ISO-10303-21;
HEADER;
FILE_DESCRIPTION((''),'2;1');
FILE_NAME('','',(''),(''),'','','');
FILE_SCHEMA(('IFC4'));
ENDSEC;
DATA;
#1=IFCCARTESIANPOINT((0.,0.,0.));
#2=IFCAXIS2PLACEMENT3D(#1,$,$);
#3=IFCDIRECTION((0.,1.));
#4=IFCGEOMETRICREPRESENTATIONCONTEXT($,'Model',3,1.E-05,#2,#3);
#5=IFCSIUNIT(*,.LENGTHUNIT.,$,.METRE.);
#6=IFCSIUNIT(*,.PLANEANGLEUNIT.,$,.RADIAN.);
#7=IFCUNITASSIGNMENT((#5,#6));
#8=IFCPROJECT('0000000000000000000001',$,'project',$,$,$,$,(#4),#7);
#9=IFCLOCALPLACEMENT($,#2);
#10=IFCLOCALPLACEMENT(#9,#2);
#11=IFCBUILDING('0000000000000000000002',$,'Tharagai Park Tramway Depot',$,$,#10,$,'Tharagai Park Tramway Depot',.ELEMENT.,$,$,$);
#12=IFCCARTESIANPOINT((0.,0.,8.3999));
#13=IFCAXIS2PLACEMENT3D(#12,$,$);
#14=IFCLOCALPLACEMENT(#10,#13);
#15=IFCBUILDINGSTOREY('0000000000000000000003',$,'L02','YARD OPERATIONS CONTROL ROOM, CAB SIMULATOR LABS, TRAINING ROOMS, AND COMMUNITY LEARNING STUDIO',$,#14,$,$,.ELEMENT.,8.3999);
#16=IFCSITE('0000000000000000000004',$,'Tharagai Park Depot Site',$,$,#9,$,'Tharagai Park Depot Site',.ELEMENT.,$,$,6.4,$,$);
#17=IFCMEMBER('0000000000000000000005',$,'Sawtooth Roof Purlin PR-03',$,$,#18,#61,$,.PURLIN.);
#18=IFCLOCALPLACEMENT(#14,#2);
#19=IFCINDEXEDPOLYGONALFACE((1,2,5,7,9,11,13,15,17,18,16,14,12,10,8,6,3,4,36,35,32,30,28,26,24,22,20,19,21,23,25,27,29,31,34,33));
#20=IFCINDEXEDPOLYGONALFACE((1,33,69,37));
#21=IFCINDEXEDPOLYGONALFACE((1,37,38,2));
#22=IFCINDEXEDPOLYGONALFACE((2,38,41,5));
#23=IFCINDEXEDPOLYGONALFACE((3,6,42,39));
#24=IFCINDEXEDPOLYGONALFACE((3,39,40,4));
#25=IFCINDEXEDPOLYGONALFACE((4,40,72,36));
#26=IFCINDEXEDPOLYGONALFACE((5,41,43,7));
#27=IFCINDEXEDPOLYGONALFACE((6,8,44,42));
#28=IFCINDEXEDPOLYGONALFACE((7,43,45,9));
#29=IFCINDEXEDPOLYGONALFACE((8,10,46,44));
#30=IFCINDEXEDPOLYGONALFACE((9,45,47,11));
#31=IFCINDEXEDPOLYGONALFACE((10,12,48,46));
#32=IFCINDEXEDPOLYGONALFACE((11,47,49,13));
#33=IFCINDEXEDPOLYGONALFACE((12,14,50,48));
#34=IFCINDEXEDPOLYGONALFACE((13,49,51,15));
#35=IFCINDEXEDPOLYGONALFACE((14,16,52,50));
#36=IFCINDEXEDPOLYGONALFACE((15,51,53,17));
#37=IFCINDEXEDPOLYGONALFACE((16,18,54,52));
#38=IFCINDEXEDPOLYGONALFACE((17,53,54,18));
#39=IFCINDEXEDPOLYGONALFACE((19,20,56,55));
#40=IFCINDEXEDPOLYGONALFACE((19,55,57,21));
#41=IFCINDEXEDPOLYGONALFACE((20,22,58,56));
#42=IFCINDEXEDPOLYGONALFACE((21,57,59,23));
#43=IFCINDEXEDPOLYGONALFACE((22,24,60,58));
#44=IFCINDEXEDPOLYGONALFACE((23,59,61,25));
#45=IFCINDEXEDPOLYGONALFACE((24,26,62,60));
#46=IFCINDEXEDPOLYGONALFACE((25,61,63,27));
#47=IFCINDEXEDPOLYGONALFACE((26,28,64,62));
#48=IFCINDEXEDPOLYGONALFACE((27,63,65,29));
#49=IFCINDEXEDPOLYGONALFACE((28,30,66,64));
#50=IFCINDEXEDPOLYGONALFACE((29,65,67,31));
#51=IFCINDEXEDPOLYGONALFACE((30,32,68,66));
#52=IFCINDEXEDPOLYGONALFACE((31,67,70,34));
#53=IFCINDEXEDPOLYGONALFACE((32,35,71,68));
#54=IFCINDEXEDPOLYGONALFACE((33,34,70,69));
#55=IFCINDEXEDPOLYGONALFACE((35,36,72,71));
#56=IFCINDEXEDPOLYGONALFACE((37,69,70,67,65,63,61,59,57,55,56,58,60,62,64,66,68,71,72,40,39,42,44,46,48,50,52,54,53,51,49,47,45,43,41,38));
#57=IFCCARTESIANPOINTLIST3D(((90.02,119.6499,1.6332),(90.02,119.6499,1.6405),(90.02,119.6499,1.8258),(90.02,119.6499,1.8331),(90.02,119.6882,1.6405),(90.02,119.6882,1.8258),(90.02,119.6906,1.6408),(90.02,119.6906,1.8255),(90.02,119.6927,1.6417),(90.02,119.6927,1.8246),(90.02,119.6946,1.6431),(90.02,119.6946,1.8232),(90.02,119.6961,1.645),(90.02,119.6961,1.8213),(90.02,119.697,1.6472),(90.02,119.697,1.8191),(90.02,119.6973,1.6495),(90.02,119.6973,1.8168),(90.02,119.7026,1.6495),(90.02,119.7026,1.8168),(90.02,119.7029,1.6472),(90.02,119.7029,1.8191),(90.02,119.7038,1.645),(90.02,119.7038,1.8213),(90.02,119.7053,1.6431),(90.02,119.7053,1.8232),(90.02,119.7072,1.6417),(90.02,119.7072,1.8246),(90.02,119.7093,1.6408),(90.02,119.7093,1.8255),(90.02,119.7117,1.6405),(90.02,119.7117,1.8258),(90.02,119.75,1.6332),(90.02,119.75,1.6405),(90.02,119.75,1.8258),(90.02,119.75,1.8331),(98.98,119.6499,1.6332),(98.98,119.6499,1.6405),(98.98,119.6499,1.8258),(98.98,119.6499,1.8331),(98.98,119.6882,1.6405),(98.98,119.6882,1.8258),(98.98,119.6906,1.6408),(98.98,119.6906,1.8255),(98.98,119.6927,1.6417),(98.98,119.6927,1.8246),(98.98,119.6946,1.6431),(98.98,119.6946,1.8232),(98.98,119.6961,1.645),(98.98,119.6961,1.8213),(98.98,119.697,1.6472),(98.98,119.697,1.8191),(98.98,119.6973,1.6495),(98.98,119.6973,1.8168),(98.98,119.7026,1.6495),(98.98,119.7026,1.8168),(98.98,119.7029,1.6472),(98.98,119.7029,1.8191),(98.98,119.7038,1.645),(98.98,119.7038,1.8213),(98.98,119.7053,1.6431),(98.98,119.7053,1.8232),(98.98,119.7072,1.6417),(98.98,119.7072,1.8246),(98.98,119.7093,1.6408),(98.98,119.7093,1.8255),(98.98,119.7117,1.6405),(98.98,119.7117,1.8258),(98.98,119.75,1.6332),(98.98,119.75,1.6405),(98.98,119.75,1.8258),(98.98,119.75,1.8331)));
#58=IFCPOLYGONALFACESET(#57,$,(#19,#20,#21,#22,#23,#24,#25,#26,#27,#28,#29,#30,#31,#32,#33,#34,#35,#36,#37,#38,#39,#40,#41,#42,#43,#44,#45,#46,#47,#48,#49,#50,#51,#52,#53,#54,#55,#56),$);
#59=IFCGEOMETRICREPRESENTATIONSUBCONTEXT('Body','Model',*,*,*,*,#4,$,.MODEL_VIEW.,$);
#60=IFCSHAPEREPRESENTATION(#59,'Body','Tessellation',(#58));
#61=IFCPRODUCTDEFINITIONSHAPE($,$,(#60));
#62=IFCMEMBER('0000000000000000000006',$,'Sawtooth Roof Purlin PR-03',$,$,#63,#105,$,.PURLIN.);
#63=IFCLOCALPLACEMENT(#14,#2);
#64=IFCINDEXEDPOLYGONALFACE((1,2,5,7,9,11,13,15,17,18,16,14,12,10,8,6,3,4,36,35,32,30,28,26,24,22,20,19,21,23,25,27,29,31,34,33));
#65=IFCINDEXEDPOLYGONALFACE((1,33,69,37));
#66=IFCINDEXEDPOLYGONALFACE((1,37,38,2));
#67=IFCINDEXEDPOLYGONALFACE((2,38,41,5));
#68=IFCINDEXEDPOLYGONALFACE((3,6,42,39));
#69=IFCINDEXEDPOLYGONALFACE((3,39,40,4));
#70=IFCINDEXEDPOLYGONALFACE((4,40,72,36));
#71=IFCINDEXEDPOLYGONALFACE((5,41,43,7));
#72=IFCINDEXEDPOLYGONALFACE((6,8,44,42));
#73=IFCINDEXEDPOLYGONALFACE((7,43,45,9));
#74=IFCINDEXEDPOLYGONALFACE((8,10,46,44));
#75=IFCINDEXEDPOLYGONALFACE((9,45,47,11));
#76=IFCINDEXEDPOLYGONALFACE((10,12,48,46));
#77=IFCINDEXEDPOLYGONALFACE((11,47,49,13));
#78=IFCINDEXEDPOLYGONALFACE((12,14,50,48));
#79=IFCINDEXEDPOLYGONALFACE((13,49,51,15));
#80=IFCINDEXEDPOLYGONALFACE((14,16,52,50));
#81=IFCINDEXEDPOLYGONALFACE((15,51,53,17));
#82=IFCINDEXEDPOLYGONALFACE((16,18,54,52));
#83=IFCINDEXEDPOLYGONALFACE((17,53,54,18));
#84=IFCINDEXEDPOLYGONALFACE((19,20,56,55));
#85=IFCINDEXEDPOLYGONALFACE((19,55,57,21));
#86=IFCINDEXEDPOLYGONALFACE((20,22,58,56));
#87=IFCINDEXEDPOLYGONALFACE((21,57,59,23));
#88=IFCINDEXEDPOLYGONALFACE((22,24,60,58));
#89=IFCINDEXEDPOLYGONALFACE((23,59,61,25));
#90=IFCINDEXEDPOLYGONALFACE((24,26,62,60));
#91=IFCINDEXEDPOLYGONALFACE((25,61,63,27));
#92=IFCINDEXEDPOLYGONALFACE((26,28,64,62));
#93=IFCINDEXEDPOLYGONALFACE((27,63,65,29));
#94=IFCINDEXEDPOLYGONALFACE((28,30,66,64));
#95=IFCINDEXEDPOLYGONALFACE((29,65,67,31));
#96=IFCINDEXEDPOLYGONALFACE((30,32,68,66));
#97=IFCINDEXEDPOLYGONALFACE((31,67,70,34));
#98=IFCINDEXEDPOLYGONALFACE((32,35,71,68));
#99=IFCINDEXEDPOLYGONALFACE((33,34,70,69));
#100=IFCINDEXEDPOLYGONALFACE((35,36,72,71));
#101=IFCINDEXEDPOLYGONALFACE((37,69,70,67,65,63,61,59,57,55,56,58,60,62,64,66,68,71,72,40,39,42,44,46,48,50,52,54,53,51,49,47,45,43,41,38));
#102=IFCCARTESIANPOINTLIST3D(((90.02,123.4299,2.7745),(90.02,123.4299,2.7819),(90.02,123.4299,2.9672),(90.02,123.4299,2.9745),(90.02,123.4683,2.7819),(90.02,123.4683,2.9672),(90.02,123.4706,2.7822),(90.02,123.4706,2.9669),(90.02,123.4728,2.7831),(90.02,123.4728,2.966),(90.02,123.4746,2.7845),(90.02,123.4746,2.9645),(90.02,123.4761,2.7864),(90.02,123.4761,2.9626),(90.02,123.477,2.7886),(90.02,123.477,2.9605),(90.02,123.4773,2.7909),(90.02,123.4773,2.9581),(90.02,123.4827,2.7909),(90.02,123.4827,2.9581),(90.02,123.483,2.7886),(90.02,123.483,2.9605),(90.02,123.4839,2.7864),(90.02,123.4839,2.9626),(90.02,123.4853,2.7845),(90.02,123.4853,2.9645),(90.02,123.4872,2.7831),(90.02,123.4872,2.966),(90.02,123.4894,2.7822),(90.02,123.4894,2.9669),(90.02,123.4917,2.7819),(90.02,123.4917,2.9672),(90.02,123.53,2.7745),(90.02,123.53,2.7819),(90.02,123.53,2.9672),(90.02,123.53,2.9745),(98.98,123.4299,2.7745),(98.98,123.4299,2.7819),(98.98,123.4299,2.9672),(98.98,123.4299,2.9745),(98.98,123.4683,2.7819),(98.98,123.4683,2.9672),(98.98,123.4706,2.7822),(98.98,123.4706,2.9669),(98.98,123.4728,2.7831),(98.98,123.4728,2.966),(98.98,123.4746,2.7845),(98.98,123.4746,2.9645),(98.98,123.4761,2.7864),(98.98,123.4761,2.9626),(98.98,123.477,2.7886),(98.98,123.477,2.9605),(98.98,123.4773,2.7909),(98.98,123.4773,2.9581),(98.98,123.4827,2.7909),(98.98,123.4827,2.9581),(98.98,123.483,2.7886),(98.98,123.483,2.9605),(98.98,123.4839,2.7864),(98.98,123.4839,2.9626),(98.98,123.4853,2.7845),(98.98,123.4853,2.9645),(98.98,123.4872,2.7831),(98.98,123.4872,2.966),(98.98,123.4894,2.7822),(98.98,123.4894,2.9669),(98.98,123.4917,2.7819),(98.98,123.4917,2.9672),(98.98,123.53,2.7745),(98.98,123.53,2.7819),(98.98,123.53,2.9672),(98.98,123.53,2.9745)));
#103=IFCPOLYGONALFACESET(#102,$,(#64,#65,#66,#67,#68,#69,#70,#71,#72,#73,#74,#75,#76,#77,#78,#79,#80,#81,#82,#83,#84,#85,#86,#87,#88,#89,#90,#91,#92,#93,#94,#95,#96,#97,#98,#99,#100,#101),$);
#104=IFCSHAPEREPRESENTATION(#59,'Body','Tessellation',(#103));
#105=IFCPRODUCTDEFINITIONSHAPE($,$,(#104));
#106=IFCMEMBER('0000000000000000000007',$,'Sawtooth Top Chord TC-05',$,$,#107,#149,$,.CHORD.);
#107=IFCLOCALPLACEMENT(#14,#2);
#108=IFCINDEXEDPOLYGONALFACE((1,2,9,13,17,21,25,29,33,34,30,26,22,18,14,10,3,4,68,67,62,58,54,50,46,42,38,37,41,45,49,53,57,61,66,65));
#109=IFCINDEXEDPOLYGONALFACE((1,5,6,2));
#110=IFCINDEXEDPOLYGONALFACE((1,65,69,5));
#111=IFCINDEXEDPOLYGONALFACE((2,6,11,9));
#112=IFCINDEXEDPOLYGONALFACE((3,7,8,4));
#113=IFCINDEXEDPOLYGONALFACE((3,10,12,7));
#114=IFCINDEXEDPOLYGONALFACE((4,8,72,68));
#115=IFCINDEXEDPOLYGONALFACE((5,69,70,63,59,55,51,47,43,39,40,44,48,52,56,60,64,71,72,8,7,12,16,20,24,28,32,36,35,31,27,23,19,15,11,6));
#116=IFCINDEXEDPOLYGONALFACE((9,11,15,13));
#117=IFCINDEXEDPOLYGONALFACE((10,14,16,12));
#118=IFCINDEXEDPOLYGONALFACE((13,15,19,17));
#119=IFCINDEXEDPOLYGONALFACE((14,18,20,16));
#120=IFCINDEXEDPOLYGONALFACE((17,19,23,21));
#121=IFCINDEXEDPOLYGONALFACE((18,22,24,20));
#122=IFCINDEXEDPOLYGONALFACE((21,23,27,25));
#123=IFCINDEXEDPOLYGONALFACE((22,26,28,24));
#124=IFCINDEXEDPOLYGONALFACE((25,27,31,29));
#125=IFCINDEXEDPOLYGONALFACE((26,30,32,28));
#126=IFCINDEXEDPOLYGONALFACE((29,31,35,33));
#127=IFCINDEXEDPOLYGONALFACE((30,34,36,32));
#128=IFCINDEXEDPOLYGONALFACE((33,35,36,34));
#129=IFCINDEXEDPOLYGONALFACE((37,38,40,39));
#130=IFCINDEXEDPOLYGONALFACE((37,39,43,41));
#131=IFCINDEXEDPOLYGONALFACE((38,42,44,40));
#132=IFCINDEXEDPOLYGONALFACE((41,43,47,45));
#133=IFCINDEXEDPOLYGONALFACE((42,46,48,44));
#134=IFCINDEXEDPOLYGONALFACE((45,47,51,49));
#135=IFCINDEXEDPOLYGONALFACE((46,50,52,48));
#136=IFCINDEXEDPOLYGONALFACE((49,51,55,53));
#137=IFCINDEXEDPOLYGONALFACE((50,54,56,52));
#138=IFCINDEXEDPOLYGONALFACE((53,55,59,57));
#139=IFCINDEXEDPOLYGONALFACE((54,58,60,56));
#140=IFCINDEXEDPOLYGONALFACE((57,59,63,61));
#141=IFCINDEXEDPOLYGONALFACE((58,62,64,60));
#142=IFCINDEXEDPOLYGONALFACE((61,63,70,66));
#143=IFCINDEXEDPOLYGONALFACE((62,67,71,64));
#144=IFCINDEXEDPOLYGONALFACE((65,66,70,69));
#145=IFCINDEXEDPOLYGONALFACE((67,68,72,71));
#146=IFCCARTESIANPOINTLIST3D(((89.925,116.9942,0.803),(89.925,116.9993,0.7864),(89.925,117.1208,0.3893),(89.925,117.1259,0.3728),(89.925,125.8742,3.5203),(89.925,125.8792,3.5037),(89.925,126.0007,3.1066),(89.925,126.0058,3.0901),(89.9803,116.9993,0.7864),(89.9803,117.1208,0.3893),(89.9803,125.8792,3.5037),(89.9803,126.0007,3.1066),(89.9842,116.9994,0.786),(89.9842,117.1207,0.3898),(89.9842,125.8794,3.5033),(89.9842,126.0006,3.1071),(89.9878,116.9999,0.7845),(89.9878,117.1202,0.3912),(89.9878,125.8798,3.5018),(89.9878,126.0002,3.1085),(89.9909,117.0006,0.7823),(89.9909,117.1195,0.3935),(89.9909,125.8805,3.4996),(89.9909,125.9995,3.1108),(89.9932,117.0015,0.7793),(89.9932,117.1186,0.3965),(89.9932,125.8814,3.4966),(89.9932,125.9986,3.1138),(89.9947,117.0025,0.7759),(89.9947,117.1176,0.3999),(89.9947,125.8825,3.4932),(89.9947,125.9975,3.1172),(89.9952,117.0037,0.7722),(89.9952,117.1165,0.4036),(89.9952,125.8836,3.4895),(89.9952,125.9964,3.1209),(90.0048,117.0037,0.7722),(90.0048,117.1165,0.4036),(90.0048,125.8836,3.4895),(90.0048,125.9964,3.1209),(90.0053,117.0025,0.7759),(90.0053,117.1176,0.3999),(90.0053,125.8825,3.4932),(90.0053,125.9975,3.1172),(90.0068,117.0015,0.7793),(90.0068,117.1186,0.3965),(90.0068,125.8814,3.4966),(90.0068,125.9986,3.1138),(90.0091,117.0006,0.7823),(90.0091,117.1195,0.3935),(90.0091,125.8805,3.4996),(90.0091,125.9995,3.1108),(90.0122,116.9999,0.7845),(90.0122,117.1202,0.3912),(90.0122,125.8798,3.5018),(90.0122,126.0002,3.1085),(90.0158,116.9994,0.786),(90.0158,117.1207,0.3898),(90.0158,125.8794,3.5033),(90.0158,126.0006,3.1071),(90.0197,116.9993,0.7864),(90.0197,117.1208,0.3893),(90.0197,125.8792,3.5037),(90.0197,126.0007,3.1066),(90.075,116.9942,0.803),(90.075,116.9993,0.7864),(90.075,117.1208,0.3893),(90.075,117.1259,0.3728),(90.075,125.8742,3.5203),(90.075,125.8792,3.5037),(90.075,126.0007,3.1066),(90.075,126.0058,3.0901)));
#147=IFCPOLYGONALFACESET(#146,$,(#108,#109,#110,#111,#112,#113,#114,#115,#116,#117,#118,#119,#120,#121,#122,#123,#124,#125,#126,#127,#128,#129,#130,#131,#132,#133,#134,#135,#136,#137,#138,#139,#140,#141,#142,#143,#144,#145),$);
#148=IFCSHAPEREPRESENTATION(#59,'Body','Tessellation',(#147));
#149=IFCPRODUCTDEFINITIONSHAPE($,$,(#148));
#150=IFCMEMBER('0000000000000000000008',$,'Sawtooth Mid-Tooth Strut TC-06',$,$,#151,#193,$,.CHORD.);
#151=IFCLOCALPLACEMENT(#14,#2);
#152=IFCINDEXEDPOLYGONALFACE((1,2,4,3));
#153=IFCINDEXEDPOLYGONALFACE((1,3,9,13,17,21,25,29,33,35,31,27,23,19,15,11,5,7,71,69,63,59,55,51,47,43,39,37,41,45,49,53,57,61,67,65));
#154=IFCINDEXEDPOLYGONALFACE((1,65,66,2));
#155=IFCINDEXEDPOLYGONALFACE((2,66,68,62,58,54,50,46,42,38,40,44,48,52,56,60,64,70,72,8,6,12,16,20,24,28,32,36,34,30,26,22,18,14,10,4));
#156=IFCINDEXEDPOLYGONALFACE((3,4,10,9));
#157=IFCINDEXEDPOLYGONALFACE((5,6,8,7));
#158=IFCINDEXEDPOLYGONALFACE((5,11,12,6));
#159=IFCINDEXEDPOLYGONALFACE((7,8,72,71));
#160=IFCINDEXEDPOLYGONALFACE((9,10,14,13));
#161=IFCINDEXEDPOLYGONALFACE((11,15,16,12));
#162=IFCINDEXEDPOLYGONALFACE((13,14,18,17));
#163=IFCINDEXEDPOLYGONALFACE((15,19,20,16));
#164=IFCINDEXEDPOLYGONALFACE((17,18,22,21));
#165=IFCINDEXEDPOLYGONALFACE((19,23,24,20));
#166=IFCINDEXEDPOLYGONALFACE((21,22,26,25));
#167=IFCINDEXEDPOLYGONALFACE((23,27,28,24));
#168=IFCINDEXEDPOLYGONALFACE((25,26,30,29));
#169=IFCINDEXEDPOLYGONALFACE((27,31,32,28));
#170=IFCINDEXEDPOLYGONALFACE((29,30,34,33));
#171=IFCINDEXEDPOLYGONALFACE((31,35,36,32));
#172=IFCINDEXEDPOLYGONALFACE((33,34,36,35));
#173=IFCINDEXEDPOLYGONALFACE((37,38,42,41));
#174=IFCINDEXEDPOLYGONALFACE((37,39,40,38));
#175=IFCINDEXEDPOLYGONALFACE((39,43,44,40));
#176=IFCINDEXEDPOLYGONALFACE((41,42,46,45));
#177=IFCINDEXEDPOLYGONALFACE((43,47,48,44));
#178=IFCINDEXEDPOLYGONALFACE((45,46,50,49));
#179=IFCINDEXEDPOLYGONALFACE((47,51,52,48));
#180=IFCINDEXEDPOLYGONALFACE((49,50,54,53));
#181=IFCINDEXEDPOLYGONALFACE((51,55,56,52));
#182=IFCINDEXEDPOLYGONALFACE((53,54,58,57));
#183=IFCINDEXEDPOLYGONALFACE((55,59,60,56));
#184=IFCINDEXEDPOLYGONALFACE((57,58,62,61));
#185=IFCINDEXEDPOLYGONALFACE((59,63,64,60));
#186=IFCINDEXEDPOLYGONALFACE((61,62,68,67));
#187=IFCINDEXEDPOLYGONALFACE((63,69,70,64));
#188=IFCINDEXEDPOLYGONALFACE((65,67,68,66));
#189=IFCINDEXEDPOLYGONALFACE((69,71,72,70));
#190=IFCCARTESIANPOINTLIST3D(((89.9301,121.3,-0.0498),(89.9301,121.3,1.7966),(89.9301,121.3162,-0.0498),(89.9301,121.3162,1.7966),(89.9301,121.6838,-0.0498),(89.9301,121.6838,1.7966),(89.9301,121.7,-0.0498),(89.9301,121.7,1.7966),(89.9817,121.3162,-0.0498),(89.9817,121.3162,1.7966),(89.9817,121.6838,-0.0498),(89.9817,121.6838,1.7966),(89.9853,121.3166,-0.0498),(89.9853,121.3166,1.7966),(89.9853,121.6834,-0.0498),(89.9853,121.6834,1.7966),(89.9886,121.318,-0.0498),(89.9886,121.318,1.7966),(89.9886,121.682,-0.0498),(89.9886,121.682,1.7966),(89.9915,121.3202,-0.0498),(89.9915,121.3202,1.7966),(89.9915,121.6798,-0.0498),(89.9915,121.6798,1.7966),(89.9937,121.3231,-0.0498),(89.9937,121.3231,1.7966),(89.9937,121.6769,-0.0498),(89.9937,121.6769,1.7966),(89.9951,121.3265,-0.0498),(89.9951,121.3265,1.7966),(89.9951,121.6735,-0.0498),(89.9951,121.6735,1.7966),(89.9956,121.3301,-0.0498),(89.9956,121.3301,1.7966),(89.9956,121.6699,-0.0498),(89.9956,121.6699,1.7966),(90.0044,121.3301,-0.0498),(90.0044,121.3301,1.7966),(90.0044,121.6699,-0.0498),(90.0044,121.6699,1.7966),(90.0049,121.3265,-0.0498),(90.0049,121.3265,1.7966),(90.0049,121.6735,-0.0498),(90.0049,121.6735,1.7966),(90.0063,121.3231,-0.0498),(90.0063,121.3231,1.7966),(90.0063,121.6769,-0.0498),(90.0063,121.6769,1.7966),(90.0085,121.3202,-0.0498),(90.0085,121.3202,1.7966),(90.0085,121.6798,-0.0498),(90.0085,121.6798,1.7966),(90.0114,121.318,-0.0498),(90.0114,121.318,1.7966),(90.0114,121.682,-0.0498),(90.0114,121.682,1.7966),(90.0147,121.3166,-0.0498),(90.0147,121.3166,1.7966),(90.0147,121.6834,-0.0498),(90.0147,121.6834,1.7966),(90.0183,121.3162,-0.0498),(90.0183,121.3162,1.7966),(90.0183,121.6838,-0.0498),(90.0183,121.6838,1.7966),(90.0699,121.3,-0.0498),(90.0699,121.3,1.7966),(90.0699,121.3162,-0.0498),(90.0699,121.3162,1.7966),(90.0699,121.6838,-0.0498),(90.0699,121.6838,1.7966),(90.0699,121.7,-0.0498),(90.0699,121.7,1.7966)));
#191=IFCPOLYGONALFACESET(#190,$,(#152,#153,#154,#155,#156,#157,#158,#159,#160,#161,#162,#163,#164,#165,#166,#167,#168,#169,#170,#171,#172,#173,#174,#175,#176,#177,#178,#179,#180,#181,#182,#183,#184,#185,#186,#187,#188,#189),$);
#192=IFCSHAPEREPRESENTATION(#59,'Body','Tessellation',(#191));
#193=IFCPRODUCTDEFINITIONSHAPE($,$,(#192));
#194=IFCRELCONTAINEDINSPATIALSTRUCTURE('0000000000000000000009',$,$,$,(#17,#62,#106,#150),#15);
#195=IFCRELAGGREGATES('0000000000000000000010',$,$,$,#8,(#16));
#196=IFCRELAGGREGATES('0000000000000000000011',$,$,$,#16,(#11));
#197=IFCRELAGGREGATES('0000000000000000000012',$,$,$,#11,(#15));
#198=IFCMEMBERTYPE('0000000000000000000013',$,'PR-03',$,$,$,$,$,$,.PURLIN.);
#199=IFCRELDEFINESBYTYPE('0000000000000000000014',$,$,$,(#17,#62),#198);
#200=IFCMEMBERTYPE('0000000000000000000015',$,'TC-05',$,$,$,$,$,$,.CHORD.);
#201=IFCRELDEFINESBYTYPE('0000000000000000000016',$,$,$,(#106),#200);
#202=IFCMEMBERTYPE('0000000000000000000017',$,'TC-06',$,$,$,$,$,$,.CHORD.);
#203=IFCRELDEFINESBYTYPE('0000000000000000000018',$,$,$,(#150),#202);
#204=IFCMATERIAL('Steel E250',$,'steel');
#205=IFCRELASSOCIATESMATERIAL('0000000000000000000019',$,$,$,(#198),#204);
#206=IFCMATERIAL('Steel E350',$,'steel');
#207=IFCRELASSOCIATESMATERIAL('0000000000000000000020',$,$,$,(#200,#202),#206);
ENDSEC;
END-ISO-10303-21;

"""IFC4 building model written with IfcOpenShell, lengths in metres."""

from ifc_helpers import new_model, si_unit, direction, frame, origin, origin_2d, place, context, subcontext, project, spatial, i_section, extrude, material, material_profile, profile_set, type_object, element, save


model = new_model("IFC4")

# Units and contexts
model_context = context("Model", 3, precision=1e-05, world=origin(), true_north=direction((0.0, 1.0)))
body_context = subcontext(model_context, "Body", "Model", "MODEL_VIEW")
ifc_project = project(units=[si_unit("LENGTHUNIT", "METRE"), si_unit("PLANEANGLEUNIT", "RADIAN")], contexts=[model_context])

# Site, building, storey
site_placement = place(None, origin())
site = spatial("IfcSite", under=ifc_project, at=site_placement, Name="Tharagai Park Depot Site", LongName="Tharagai Park Depot Site", CompositionType="ELEMENT", RefElevation=6.4)
building_placement = place(site_placement, origin())
building = spatial("IfcBuilding", under=site, at=building_placement, Name="Tharagai Park Tramway Depot", LongName="Tharagai Park Tramway Depot", CompositionType="ELEMENT")
storey_placement = place(building_placement, frame((0.0, 0.0, 8.3999)))
storey = spatial("IfcBuildingStorey", under=building, at=storey_placement, Name="L02", Description="YARD OPERATIONS CONTROL ROOM, CAB SIMULATOR LABS, TRAINING ROOMS, AND COMMUNITY LEARNING STUDIO", CompositionType="ELEMENT", Elevation=8.3999)

# Shared definitions
ifc_material_1 = material(Name="Steel E350", Category="steel")

# Members
ifc_material_2 = material(Name="Steel E250", Category="steel")
ifc_material_profile_1 = material_profile(ifc_material_2, i_section(OverallWidth=0.1001, OverallDepth=0.2, WebThickness=0.0054, FlangeThickness=0.0073, FilletRadius=0.009, at=origin_2d()), Name="ISLB 200")
ifc_profile_set_1 = profile_set([ifc_material_profile_1], Name="Steel E250")
member_type_1 = type_object("IfcMemberType", Name="PR-03", PredefinedType="PURLIN", material=ifc_profile_set_1)
for number, where, z_axis, x_axis, name in (
    (1, (90.02, 119.7, 1.7332), (1.0, 0.0, 0.0), (0.0, 1.0, 0.0), "Sawtooth Roof Purlin PR-03"),
    (2, (90.02, 123.48, 2.8745), (1.0, 0.0, 0.0), (0.0, 1.0, 0.0), "Sawtooth Roof Purlin PR-03"),
):
    element("IfcMember", number, at=place(storey_placement, frame(where, z_axis=z_axis, x_axis=x_axis)), inside=storey, type_object=member_type_1, Name=name, PredefinedType="PURLIN", context=body_context, shape_type="SweptSolid", body=[
        extrude(i_section(OverallWidth=0.1001, OverallDepth=0.2, WebThickness=0.0054, FlangeThickness=0.0073, FilletRadius=0.009, at=origin_2d()), origin(), (0.0, 0.0, 1.0), 8.96),
    ])
ifc_material_profile_2 = material_profile(ifc_material_1, i_section(OverallWidth=0.1499, OverallDepth=0.45, WebThickness=0.0095, FlangeThickness=0.0173, FilletRadius=0.0149, at=origin_2d()), Name="ISMB 450")
ifc_profile_set_2 = profile_set([ifc_material_profile_2], Name="Steel E350")
member_type_2 = type_object("IfcMemberType", Name="TC-05", PredefinedType="CHORD", material=ifc_profile_set_2)
member_1_placement = place(storey_placement, frame((90.0, 117.0601, 0.5879), z_axis=(0.0, 0.956231, 0.292611), x_axis=(-1.0, 0.0, 0.0)))
element("IfcMember", 3, at=member_1_placement, inside=storey, type_object=member_type_2, Name="Sawtooth Top Chord TC-05", PredefinedType="CHORD", context=body_context, shape_type="SweptSolid", body=[
    extrude(i_section(OverallWidth=0.1499, OverallDepth=0.45, WebThickness=0.0095, FlangeThickness=0.0173, FilletRadius=0.0149, at=origin_2d()), origin(), (0.0, 0.0, 1.0), 9.2864),
])
ifc_material_profile_3 = material_profile(ifc_material_1, i_section(OverallWidth=0.1399, OverallDepth=0.3999, WebThickness=0.0088, FlangeThickness=0.0161, FilletRadius=0.0139, at=origin_2d()), Name="ISMB 400")
ifc_profile_set_3 = profile_set([ifc_material_profile_3], Name="Steel E350")
member_type_3 = type_object("IfcMemberType", Name="TC-06", PredefinedType="CHORD", material=ifc_profile_set_3)
member_2_placement = place(storey_placement, frame((90.0, 121.5, -0.0498), z_axis=(0.0, 0.0, 1.0), x_axis=(1.0, 0.0, 0.0)))
element("IfcMember", 4, at=member_2_placement, inside=storey, type_object=member_type_3, Name="Sawtooth Mid-Tooth Strut TC-06", PredefinedType="CHORD", context=body_context, shape_type="SweptSolid", body=[
    extrude(i_section(OverallWidth=0.1399, OverallDepth=0.3999, WebThickness=0.0088, FlangeThickness=0.0161, FilletRadius=0.0139, at=origin_2d()), origin(), (0.0, 0.0, 1.0), 1.8464),
])

save(model, "model.ifc")
